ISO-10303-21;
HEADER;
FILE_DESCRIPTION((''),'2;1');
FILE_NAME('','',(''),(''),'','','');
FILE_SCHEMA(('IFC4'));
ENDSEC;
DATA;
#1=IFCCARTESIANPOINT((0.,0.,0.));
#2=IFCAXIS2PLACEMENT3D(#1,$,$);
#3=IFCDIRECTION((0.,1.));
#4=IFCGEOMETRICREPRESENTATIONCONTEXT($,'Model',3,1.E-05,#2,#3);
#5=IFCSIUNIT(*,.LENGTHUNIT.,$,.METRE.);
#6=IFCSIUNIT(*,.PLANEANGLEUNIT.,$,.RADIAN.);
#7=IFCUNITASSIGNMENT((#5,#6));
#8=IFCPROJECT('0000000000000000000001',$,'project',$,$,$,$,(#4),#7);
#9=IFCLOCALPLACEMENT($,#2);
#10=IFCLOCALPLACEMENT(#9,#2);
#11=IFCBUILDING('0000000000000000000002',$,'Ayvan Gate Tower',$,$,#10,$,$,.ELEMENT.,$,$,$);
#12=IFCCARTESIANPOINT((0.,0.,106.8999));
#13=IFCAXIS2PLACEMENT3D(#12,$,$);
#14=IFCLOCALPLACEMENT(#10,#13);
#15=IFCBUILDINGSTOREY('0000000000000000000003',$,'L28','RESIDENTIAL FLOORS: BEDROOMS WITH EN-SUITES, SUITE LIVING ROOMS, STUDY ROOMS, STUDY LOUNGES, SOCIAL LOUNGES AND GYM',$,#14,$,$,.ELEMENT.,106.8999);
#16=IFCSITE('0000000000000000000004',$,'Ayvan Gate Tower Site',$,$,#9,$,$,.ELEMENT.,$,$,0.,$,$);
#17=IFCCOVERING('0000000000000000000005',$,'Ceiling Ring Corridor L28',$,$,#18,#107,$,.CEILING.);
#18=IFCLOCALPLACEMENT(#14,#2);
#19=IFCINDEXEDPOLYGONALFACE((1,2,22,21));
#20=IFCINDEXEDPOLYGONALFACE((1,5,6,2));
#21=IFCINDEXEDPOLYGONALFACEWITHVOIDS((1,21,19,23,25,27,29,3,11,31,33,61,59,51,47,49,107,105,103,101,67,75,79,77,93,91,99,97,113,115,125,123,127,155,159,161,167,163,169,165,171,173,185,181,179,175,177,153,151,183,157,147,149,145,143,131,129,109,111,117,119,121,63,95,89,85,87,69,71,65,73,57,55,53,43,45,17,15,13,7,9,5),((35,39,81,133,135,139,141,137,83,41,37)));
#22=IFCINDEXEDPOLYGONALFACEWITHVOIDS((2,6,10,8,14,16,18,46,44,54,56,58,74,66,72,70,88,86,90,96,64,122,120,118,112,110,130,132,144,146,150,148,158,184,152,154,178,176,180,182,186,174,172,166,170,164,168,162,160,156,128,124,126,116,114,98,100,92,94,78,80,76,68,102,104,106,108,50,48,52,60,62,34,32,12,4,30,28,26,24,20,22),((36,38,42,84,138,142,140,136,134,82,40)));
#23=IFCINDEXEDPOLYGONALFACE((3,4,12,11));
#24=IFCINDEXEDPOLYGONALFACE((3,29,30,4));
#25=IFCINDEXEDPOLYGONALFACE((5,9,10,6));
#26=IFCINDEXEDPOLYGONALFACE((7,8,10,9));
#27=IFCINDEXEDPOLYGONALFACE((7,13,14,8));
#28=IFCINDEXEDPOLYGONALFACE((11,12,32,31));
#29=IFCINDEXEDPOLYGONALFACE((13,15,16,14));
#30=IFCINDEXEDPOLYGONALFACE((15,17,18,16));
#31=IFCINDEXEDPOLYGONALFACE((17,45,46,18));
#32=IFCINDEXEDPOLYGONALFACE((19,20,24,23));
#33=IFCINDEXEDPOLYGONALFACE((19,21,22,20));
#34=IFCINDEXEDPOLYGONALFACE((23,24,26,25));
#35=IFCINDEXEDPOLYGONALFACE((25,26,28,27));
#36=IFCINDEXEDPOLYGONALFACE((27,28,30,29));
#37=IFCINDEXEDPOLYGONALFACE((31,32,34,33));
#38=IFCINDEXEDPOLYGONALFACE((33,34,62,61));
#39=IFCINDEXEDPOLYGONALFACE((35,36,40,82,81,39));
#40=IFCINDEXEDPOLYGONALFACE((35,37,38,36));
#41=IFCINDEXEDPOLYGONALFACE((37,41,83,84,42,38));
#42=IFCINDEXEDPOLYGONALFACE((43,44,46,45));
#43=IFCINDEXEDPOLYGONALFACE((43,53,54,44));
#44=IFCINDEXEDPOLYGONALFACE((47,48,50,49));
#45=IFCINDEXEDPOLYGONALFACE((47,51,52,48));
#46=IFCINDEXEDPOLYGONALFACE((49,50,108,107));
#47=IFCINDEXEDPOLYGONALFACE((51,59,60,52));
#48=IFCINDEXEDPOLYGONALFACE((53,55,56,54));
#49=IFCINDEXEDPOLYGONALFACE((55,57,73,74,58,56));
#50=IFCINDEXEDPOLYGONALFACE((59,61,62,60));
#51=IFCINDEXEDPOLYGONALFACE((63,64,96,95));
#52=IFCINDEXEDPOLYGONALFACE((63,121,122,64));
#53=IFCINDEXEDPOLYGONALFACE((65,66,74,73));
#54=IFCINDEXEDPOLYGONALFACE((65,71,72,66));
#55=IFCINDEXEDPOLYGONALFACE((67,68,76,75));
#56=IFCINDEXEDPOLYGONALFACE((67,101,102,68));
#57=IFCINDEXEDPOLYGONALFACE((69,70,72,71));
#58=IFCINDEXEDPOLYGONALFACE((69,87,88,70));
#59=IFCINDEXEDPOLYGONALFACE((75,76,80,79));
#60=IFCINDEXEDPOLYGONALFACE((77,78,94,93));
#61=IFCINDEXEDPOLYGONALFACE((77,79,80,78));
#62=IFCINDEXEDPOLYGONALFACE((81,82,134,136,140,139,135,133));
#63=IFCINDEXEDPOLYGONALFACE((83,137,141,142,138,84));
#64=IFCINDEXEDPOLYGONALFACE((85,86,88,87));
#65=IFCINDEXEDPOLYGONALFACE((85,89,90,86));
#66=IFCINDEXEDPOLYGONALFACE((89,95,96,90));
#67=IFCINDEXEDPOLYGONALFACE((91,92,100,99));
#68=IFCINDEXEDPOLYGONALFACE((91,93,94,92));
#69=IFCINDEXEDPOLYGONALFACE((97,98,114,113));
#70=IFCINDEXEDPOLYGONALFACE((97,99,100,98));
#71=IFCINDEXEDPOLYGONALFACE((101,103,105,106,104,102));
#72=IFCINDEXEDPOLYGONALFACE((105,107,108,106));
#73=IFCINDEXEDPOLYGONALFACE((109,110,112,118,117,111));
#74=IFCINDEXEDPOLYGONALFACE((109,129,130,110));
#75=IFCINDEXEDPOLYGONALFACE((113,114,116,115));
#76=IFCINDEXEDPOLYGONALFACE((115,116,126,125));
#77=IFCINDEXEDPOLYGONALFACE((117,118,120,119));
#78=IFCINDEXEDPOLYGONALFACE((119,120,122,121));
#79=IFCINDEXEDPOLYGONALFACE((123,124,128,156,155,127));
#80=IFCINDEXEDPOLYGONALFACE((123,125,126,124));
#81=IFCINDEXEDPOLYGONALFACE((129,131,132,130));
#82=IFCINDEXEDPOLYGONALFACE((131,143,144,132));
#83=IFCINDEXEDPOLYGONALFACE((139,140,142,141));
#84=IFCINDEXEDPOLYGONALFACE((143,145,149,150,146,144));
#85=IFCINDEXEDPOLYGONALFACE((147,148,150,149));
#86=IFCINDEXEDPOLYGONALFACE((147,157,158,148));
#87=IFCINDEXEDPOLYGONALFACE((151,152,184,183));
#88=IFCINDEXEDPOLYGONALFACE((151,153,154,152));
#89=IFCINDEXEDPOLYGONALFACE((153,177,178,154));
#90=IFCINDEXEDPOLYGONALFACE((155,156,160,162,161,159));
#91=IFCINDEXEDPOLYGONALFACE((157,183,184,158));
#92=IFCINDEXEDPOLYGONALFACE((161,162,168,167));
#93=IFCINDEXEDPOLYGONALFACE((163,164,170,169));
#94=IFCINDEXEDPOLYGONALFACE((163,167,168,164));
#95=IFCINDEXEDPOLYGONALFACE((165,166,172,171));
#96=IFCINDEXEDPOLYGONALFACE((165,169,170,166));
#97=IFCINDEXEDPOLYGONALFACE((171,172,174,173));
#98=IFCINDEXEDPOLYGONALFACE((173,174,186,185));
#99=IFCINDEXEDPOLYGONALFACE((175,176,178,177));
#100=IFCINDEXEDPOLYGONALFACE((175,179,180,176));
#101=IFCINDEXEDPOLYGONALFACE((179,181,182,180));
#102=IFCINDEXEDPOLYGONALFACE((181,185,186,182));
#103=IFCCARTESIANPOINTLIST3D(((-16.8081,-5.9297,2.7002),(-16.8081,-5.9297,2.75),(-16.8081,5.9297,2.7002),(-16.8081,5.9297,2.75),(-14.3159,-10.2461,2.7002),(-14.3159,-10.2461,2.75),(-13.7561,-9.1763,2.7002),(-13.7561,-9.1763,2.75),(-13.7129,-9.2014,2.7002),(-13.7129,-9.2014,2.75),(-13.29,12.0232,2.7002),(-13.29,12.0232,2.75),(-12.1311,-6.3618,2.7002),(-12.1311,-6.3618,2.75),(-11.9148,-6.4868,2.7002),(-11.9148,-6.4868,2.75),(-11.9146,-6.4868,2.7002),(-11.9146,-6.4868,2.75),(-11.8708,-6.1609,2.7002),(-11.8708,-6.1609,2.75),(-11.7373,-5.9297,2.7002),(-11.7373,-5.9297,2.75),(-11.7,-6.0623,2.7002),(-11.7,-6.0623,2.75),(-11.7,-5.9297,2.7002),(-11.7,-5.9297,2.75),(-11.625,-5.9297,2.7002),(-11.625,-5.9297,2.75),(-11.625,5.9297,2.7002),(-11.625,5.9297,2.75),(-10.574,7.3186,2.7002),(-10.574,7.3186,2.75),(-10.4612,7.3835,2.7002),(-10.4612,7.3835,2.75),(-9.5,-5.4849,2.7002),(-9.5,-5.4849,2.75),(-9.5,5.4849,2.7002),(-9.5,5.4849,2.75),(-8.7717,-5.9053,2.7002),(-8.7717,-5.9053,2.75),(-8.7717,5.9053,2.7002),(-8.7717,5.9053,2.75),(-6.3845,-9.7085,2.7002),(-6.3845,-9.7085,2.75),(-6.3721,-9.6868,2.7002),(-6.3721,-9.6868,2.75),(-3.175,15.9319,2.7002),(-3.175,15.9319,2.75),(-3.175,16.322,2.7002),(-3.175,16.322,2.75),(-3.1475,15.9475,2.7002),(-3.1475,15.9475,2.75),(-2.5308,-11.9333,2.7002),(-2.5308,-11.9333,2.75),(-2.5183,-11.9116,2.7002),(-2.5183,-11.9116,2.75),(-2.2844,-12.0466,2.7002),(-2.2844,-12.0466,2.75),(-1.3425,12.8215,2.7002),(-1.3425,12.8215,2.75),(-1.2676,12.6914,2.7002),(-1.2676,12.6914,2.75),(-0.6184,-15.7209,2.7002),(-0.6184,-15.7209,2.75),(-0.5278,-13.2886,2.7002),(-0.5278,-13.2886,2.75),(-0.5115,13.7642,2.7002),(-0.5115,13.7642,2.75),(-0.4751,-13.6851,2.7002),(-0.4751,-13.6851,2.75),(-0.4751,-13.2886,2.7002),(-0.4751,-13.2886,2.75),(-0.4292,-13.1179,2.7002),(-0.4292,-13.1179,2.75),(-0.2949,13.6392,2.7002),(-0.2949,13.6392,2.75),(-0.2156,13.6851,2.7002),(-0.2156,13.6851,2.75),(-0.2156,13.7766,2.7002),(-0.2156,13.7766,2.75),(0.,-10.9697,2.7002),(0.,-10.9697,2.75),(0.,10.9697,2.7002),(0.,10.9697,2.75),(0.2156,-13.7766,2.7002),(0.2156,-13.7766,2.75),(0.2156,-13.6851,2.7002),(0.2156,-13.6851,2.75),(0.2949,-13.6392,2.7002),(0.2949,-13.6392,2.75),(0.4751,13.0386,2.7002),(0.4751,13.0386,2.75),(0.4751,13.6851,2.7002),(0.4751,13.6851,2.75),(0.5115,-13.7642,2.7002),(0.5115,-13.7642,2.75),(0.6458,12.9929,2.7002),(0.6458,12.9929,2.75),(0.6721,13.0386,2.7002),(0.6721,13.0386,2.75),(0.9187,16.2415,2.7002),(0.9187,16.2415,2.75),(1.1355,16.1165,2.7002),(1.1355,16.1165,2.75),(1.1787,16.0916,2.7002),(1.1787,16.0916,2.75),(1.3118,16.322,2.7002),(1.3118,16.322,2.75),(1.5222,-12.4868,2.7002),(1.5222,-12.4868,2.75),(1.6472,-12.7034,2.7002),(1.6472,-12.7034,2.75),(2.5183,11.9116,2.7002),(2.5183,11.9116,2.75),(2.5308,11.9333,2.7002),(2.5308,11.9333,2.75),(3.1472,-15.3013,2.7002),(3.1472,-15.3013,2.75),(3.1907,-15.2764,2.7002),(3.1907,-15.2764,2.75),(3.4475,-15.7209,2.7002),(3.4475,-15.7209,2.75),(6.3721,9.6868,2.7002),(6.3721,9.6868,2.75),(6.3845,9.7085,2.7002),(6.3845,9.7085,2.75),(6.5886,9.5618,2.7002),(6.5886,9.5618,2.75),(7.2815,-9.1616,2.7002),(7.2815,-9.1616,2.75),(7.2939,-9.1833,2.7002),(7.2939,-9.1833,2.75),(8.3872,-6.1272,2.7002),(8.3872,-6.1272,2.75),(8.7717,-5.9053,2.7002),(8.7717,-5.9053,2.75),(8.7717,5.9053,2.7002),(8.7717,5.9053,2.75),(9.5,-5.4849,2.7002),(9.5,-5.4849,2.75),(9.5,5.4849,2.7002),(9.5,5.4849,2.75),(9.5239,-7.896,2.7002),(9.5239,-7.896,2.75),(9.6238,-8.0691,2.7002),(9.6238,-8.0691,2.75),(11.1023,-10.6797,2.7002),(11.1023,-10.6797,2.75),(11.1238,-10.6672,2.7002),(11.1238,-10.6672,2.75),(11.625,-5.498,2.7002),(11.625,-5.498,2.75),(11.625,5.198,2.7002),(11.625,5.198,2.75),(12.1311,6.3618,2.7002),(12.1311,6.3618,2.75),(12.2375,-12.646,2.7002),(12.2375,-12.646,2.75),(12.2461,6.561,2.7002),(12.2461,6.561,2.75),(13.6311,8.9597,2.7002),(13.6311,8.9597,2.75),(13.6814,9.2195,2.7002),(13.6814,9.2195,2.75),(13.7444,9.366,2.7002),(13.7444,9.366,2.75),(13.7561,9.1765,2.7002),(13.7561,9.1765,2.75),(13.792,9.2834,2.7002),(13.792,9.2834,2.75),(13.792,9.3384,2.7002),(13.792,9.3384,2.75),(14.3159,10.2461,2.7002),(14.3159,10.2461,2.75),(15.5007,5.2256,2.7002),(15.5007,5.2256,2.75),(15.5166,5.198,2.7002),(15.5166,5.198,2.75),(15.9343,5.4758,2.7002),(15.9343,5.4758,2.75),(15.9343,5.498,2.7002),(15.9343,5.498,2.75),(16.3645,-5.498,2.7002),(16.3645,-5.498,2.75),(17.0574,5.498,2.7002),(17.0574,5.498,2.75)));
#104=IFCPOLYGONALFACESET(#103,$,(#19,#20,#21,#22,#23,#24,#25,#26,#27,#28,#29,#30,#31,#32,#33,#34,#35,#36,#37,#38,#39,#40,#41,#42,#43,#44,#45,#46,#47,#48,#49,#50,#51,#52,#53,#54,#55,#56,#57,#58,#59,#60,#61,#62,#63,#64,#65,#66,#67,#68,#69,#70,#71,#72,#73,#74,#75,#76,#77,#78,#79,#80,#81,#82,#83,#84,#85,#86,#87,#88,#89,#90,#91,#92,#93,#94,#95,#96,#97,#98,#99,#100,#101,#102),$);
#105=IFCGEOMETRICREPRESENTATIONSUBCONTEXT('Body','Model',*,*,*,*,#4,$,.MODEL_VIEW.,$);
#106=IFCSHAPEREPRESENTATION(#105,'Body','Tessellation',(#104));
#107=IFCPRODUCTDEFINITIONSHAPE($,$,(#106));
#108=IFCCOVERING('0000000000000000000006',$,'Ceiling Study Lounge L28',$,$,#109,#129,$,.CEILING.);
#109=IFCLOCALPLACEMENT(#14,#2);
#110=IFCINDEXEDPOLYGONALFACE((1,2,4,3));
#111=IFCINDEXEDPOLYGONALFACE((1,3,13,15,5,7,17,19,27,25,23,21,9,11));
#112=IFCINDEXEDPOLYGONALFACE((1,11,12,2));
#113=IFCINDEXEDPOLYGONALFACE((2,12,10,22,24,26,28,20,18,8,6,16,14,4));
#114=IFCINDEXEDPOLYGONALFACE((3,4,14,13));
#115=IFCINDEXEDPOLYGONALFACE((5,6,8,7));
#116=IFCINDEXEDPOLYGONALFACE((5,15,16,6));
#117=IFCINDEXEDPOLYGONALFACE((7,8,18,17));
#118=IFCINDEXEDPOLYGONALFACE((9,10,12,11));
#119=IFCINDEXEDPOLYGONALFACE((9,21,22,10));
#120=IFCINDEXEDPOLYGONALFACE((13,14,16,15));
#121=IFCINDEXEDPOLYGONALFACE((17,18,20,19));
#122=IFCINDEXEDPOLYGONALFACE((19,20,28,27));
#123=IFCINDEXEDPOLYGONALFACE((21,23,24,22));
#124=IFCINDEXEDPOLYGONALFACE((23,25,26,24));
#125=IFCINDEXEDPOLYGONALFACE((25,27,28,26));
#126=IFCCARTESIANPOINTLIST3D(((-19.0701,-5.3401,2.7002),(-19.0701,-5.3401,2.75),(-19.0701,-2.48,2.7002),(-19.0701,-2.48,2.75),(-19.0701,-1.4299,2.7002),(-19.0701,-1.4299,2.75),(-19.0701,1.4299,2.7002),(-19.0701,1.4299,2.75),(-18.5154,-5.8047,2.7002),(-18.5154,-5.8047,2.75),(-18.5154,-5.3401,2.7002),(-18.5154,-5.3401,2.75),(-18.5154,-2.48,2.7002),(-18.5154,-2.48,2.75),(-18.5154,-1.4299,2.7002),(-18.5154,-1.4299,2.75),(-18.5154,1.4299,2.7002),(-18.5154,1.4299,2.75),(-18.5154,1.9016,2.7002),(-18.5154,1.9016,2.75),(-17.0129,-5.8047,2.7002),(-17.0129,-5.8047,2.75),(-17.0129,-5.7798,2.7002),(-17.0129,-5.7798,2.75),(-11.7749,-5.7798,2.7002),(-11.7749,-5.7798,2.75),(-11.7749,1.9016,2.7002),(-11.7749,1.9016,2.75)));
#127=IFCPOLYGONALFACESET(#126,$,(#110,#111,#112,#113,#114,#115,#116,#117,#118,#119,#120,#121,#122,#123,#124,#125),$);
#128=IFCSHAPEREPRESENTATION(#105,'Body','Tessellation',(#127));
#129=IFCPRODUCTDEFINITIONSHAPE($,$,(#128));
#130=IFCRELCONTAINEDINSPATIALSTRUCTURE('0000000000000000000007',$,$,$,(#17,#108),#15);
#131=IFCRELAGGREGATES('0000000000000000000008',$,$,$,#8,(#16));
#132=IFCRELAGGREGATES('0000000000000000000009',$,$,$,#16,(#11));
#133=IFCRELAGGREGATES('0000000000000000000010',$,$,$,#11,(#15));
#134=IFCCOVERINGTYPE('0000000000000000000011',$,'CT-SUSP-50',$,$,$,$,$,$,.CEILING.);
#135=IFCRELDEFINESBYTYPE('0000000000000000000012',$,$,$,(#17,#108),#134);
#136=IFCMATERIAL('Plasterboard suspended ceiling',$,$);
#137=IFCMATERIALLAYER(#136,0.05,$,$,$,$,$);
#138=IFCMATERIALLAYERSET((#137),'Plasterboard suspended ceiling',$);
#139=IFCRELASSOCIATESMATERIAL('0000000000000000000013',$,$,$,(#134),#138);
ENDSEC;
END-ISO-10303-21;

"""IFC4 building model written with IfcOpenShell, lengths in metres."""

from ifc_helpers import new_model, si_unit, direction, frame, origin, place, context, subcontext, project, spatial, polyline, outline, extrude, material, layer, layer_set, type_object, element, save


model = new_model("IFC4")

# Units and contexts
model_context = context("Model", 3, precision=1e-05, world=origin(), true_north=direction((0.0, 1.0)))
body_context = subcontext(model_context, "Body", "Model", "MODEL_VIEW")
ifc_project = project(units=[si_unit("LENGTHUNIT", "METRE"), si_unit("PLANEANGLEUNIT", "RADIAN")], contexts=[model_context])

# Site, building, storey
site_placement = place(None, origin())
site = spatial("IfcSite", under=ifc_project, at=site_placement, Name="Ayvan Gate Tower Site", CompositionType="ELEMENT", RefElevation=0.0)
building_placement = place(site_placement, origin())
building = spatial("IfcBuilding", under=site, at=building_placement, Name="Ayvan Gate Tower", CompositionType="ELEMENT")
storey_placement = place(building_placement, frame((0.0, 0.0, 106.8999)))
storey = spatial("IfcBuildingStorey", under=building, at=storey_placement, Name="L28", Description="RESIDENTIAL FLOORS: BEDROOMS WITH EN-SUITES, SUITE LIVING ROOMS, STUDY ROOMS, STUDY LOUNGES, SOCIAL LOUNGES AND GYM", CompositionType="ELEMENT", Elevation=106.8999)

# Coverings
ifc_material_1 = material(Name="Plasterboard suspended ceiling")
ifc_layer_1 = layer(ifc_material_1, 0.05)
ifc_layer_set_1 = layer_set([ifc_layer_1], Name="Plasterboard suspended ceiling")
covering_type = type_object("IfcCoveringType", Name="CT-SUSP-50", PredefinedType="CEILING", material=ifc_layer_set_1)
covering_1_placement = place(storey_placement, frame((0.0, 0.0, 2.7002)))
element("IfcCovering", 1, at=covering_1_placement, inside=storey, type_object=covering_type, Name="Ceiling Ring Corridor L28", PredefinedType="CEILING", context=body_context, shape_type="SweptSolid", body=[
    extrude(outline(polyline([(-11.9148, -6.4868), (-12.1311, -6.3618), (-13.7561, -9.1763), (-13.7129, -9.2014), (-14.3159, -10.2461), (-16.8081, -5.9297), (-11.7373, -5.9297), (-11.8708, -6.1609), (-11.7, -6.0623), (-11.7, -5.9297), (-11.625, -5.9297), (-11.625, 5.9297), (-16.8081, 5.9297), (-13.29, 12.0232), (-10.574, 7.3186), (-10.4612, 7.3835), (-1.2676, 12.6914), (-1.3425, 12.8215), (-3.1475, 15.9475), (-3.175, 15.9319), (-3.175, 16.322), (1.3118, 16.322), (1.1787, 16.0916), (1.1355, 16.1165), (0.9187, 16.2415), (-0.5115, 13.7642), (-0.2949, 13.6392), (-0.2156, 13.7766), (-0.2156, 13.6851), (0.4751, 13.6851), (0.4751, 13.0386), (0.6721, 13.0386), (0.6458, 12.9929), (2.5183, 11.9116), (2.5308, 11.9333), (6.3845, 9.7085), (6.3721, 9.6868), (6.5886, 9.5618), (12.1311, 6.3618), (12.2461, 6.561), (13.6311, 8.9597), (13.7561, 9.1765), (13.6814, 9.2195), (13.792, 9.2834), (13.7444, 9.366), (13.792, 9.3384), (14.3159, 10.2461), (17.0574, 5.498), (15.9343, 5.498), (15.9343, 5.4758), (15.5007, 5.2256), (15.5166, 5.198), (11.625, 5.198), (11.625, -5.498), (16.3645, -5.498), (12.2375, -12.646), (11.1023, -10.6797), (11.1238, -10.6672), (9.6238, -8.0691), (9.5239, -7.896), (7.2939, -9.1833), (7.2815, -9.1616), (1.5222, -12.4868), (1.6472, -12.7034), (3.1472, -15.3013), (3.1907, -15.2764), (3.4475, -15.7209), (-0.6184, -15.7209), (0.5115, -13.7642), (0.2949, -13.6392), (0.2156, -13.7766), (0.2156, -13.6851), (-0.4751, -13.6851), (-0.4751, -13.2886), (-0.5278, -13.2886), (-0.4292, -13.1179), (-2.2844, -12.0466), (-2.5183, -11.9116), (-2.5308, -11.9333), (-6.3845, -9.7085), (-6.3721, -9.6868), (-11.9146, -6.4868), (-11.9148, -6.4868)]), holes=[polyline([(9.5, 5.4849), (8.7717, 5.9053), (0.0, 10.9697), (-8.7717, 5.9053), (-9.5, 5.4849), (-9.5, -5.4849), (-8.7717, -5.9053), (0.0, -10.9697), (8.3872, -6.1272), (8.7717, -5.9053), (9.5, -5.4849), (9.5, 5.4849)])]), origin(), (0.0, 0.0, 1.0), 0.0498),
])
covering_2_placement = place(storey_placement, frame((0.0, 0.0, 2.7002)))
element("IfcCovering", 2, at=covering_2_placement, inside=storey, type_object=covering_type, Name="Ceiling Study Lounge L28", PredefinedType="CEILING", context=body_context, shape_type="SweptSolid", body=[
    extrude(outline(polyline([(-18.5154, -2.48), (-18.5154, -1.4299), (-19.0701, -1.4299), (-19.0701, 1.4299), (-18.5154, 1.4299), (-18.5154, 1.9016), (-11.7749, 1.9016), (-11.7749, -5.7798), (-17.0129, -5.7798), (-17.0129, -5.8047), (-18.5154, -5.8047), (-18.5154, -5.3401), (-19.0701, -5.3401), (-19.0701, -2.48), (-18.5154, -2.48)])), origin(), (0.0, 0.0, 1.0), 0.0498),
])

save(model, "model.ifc")
